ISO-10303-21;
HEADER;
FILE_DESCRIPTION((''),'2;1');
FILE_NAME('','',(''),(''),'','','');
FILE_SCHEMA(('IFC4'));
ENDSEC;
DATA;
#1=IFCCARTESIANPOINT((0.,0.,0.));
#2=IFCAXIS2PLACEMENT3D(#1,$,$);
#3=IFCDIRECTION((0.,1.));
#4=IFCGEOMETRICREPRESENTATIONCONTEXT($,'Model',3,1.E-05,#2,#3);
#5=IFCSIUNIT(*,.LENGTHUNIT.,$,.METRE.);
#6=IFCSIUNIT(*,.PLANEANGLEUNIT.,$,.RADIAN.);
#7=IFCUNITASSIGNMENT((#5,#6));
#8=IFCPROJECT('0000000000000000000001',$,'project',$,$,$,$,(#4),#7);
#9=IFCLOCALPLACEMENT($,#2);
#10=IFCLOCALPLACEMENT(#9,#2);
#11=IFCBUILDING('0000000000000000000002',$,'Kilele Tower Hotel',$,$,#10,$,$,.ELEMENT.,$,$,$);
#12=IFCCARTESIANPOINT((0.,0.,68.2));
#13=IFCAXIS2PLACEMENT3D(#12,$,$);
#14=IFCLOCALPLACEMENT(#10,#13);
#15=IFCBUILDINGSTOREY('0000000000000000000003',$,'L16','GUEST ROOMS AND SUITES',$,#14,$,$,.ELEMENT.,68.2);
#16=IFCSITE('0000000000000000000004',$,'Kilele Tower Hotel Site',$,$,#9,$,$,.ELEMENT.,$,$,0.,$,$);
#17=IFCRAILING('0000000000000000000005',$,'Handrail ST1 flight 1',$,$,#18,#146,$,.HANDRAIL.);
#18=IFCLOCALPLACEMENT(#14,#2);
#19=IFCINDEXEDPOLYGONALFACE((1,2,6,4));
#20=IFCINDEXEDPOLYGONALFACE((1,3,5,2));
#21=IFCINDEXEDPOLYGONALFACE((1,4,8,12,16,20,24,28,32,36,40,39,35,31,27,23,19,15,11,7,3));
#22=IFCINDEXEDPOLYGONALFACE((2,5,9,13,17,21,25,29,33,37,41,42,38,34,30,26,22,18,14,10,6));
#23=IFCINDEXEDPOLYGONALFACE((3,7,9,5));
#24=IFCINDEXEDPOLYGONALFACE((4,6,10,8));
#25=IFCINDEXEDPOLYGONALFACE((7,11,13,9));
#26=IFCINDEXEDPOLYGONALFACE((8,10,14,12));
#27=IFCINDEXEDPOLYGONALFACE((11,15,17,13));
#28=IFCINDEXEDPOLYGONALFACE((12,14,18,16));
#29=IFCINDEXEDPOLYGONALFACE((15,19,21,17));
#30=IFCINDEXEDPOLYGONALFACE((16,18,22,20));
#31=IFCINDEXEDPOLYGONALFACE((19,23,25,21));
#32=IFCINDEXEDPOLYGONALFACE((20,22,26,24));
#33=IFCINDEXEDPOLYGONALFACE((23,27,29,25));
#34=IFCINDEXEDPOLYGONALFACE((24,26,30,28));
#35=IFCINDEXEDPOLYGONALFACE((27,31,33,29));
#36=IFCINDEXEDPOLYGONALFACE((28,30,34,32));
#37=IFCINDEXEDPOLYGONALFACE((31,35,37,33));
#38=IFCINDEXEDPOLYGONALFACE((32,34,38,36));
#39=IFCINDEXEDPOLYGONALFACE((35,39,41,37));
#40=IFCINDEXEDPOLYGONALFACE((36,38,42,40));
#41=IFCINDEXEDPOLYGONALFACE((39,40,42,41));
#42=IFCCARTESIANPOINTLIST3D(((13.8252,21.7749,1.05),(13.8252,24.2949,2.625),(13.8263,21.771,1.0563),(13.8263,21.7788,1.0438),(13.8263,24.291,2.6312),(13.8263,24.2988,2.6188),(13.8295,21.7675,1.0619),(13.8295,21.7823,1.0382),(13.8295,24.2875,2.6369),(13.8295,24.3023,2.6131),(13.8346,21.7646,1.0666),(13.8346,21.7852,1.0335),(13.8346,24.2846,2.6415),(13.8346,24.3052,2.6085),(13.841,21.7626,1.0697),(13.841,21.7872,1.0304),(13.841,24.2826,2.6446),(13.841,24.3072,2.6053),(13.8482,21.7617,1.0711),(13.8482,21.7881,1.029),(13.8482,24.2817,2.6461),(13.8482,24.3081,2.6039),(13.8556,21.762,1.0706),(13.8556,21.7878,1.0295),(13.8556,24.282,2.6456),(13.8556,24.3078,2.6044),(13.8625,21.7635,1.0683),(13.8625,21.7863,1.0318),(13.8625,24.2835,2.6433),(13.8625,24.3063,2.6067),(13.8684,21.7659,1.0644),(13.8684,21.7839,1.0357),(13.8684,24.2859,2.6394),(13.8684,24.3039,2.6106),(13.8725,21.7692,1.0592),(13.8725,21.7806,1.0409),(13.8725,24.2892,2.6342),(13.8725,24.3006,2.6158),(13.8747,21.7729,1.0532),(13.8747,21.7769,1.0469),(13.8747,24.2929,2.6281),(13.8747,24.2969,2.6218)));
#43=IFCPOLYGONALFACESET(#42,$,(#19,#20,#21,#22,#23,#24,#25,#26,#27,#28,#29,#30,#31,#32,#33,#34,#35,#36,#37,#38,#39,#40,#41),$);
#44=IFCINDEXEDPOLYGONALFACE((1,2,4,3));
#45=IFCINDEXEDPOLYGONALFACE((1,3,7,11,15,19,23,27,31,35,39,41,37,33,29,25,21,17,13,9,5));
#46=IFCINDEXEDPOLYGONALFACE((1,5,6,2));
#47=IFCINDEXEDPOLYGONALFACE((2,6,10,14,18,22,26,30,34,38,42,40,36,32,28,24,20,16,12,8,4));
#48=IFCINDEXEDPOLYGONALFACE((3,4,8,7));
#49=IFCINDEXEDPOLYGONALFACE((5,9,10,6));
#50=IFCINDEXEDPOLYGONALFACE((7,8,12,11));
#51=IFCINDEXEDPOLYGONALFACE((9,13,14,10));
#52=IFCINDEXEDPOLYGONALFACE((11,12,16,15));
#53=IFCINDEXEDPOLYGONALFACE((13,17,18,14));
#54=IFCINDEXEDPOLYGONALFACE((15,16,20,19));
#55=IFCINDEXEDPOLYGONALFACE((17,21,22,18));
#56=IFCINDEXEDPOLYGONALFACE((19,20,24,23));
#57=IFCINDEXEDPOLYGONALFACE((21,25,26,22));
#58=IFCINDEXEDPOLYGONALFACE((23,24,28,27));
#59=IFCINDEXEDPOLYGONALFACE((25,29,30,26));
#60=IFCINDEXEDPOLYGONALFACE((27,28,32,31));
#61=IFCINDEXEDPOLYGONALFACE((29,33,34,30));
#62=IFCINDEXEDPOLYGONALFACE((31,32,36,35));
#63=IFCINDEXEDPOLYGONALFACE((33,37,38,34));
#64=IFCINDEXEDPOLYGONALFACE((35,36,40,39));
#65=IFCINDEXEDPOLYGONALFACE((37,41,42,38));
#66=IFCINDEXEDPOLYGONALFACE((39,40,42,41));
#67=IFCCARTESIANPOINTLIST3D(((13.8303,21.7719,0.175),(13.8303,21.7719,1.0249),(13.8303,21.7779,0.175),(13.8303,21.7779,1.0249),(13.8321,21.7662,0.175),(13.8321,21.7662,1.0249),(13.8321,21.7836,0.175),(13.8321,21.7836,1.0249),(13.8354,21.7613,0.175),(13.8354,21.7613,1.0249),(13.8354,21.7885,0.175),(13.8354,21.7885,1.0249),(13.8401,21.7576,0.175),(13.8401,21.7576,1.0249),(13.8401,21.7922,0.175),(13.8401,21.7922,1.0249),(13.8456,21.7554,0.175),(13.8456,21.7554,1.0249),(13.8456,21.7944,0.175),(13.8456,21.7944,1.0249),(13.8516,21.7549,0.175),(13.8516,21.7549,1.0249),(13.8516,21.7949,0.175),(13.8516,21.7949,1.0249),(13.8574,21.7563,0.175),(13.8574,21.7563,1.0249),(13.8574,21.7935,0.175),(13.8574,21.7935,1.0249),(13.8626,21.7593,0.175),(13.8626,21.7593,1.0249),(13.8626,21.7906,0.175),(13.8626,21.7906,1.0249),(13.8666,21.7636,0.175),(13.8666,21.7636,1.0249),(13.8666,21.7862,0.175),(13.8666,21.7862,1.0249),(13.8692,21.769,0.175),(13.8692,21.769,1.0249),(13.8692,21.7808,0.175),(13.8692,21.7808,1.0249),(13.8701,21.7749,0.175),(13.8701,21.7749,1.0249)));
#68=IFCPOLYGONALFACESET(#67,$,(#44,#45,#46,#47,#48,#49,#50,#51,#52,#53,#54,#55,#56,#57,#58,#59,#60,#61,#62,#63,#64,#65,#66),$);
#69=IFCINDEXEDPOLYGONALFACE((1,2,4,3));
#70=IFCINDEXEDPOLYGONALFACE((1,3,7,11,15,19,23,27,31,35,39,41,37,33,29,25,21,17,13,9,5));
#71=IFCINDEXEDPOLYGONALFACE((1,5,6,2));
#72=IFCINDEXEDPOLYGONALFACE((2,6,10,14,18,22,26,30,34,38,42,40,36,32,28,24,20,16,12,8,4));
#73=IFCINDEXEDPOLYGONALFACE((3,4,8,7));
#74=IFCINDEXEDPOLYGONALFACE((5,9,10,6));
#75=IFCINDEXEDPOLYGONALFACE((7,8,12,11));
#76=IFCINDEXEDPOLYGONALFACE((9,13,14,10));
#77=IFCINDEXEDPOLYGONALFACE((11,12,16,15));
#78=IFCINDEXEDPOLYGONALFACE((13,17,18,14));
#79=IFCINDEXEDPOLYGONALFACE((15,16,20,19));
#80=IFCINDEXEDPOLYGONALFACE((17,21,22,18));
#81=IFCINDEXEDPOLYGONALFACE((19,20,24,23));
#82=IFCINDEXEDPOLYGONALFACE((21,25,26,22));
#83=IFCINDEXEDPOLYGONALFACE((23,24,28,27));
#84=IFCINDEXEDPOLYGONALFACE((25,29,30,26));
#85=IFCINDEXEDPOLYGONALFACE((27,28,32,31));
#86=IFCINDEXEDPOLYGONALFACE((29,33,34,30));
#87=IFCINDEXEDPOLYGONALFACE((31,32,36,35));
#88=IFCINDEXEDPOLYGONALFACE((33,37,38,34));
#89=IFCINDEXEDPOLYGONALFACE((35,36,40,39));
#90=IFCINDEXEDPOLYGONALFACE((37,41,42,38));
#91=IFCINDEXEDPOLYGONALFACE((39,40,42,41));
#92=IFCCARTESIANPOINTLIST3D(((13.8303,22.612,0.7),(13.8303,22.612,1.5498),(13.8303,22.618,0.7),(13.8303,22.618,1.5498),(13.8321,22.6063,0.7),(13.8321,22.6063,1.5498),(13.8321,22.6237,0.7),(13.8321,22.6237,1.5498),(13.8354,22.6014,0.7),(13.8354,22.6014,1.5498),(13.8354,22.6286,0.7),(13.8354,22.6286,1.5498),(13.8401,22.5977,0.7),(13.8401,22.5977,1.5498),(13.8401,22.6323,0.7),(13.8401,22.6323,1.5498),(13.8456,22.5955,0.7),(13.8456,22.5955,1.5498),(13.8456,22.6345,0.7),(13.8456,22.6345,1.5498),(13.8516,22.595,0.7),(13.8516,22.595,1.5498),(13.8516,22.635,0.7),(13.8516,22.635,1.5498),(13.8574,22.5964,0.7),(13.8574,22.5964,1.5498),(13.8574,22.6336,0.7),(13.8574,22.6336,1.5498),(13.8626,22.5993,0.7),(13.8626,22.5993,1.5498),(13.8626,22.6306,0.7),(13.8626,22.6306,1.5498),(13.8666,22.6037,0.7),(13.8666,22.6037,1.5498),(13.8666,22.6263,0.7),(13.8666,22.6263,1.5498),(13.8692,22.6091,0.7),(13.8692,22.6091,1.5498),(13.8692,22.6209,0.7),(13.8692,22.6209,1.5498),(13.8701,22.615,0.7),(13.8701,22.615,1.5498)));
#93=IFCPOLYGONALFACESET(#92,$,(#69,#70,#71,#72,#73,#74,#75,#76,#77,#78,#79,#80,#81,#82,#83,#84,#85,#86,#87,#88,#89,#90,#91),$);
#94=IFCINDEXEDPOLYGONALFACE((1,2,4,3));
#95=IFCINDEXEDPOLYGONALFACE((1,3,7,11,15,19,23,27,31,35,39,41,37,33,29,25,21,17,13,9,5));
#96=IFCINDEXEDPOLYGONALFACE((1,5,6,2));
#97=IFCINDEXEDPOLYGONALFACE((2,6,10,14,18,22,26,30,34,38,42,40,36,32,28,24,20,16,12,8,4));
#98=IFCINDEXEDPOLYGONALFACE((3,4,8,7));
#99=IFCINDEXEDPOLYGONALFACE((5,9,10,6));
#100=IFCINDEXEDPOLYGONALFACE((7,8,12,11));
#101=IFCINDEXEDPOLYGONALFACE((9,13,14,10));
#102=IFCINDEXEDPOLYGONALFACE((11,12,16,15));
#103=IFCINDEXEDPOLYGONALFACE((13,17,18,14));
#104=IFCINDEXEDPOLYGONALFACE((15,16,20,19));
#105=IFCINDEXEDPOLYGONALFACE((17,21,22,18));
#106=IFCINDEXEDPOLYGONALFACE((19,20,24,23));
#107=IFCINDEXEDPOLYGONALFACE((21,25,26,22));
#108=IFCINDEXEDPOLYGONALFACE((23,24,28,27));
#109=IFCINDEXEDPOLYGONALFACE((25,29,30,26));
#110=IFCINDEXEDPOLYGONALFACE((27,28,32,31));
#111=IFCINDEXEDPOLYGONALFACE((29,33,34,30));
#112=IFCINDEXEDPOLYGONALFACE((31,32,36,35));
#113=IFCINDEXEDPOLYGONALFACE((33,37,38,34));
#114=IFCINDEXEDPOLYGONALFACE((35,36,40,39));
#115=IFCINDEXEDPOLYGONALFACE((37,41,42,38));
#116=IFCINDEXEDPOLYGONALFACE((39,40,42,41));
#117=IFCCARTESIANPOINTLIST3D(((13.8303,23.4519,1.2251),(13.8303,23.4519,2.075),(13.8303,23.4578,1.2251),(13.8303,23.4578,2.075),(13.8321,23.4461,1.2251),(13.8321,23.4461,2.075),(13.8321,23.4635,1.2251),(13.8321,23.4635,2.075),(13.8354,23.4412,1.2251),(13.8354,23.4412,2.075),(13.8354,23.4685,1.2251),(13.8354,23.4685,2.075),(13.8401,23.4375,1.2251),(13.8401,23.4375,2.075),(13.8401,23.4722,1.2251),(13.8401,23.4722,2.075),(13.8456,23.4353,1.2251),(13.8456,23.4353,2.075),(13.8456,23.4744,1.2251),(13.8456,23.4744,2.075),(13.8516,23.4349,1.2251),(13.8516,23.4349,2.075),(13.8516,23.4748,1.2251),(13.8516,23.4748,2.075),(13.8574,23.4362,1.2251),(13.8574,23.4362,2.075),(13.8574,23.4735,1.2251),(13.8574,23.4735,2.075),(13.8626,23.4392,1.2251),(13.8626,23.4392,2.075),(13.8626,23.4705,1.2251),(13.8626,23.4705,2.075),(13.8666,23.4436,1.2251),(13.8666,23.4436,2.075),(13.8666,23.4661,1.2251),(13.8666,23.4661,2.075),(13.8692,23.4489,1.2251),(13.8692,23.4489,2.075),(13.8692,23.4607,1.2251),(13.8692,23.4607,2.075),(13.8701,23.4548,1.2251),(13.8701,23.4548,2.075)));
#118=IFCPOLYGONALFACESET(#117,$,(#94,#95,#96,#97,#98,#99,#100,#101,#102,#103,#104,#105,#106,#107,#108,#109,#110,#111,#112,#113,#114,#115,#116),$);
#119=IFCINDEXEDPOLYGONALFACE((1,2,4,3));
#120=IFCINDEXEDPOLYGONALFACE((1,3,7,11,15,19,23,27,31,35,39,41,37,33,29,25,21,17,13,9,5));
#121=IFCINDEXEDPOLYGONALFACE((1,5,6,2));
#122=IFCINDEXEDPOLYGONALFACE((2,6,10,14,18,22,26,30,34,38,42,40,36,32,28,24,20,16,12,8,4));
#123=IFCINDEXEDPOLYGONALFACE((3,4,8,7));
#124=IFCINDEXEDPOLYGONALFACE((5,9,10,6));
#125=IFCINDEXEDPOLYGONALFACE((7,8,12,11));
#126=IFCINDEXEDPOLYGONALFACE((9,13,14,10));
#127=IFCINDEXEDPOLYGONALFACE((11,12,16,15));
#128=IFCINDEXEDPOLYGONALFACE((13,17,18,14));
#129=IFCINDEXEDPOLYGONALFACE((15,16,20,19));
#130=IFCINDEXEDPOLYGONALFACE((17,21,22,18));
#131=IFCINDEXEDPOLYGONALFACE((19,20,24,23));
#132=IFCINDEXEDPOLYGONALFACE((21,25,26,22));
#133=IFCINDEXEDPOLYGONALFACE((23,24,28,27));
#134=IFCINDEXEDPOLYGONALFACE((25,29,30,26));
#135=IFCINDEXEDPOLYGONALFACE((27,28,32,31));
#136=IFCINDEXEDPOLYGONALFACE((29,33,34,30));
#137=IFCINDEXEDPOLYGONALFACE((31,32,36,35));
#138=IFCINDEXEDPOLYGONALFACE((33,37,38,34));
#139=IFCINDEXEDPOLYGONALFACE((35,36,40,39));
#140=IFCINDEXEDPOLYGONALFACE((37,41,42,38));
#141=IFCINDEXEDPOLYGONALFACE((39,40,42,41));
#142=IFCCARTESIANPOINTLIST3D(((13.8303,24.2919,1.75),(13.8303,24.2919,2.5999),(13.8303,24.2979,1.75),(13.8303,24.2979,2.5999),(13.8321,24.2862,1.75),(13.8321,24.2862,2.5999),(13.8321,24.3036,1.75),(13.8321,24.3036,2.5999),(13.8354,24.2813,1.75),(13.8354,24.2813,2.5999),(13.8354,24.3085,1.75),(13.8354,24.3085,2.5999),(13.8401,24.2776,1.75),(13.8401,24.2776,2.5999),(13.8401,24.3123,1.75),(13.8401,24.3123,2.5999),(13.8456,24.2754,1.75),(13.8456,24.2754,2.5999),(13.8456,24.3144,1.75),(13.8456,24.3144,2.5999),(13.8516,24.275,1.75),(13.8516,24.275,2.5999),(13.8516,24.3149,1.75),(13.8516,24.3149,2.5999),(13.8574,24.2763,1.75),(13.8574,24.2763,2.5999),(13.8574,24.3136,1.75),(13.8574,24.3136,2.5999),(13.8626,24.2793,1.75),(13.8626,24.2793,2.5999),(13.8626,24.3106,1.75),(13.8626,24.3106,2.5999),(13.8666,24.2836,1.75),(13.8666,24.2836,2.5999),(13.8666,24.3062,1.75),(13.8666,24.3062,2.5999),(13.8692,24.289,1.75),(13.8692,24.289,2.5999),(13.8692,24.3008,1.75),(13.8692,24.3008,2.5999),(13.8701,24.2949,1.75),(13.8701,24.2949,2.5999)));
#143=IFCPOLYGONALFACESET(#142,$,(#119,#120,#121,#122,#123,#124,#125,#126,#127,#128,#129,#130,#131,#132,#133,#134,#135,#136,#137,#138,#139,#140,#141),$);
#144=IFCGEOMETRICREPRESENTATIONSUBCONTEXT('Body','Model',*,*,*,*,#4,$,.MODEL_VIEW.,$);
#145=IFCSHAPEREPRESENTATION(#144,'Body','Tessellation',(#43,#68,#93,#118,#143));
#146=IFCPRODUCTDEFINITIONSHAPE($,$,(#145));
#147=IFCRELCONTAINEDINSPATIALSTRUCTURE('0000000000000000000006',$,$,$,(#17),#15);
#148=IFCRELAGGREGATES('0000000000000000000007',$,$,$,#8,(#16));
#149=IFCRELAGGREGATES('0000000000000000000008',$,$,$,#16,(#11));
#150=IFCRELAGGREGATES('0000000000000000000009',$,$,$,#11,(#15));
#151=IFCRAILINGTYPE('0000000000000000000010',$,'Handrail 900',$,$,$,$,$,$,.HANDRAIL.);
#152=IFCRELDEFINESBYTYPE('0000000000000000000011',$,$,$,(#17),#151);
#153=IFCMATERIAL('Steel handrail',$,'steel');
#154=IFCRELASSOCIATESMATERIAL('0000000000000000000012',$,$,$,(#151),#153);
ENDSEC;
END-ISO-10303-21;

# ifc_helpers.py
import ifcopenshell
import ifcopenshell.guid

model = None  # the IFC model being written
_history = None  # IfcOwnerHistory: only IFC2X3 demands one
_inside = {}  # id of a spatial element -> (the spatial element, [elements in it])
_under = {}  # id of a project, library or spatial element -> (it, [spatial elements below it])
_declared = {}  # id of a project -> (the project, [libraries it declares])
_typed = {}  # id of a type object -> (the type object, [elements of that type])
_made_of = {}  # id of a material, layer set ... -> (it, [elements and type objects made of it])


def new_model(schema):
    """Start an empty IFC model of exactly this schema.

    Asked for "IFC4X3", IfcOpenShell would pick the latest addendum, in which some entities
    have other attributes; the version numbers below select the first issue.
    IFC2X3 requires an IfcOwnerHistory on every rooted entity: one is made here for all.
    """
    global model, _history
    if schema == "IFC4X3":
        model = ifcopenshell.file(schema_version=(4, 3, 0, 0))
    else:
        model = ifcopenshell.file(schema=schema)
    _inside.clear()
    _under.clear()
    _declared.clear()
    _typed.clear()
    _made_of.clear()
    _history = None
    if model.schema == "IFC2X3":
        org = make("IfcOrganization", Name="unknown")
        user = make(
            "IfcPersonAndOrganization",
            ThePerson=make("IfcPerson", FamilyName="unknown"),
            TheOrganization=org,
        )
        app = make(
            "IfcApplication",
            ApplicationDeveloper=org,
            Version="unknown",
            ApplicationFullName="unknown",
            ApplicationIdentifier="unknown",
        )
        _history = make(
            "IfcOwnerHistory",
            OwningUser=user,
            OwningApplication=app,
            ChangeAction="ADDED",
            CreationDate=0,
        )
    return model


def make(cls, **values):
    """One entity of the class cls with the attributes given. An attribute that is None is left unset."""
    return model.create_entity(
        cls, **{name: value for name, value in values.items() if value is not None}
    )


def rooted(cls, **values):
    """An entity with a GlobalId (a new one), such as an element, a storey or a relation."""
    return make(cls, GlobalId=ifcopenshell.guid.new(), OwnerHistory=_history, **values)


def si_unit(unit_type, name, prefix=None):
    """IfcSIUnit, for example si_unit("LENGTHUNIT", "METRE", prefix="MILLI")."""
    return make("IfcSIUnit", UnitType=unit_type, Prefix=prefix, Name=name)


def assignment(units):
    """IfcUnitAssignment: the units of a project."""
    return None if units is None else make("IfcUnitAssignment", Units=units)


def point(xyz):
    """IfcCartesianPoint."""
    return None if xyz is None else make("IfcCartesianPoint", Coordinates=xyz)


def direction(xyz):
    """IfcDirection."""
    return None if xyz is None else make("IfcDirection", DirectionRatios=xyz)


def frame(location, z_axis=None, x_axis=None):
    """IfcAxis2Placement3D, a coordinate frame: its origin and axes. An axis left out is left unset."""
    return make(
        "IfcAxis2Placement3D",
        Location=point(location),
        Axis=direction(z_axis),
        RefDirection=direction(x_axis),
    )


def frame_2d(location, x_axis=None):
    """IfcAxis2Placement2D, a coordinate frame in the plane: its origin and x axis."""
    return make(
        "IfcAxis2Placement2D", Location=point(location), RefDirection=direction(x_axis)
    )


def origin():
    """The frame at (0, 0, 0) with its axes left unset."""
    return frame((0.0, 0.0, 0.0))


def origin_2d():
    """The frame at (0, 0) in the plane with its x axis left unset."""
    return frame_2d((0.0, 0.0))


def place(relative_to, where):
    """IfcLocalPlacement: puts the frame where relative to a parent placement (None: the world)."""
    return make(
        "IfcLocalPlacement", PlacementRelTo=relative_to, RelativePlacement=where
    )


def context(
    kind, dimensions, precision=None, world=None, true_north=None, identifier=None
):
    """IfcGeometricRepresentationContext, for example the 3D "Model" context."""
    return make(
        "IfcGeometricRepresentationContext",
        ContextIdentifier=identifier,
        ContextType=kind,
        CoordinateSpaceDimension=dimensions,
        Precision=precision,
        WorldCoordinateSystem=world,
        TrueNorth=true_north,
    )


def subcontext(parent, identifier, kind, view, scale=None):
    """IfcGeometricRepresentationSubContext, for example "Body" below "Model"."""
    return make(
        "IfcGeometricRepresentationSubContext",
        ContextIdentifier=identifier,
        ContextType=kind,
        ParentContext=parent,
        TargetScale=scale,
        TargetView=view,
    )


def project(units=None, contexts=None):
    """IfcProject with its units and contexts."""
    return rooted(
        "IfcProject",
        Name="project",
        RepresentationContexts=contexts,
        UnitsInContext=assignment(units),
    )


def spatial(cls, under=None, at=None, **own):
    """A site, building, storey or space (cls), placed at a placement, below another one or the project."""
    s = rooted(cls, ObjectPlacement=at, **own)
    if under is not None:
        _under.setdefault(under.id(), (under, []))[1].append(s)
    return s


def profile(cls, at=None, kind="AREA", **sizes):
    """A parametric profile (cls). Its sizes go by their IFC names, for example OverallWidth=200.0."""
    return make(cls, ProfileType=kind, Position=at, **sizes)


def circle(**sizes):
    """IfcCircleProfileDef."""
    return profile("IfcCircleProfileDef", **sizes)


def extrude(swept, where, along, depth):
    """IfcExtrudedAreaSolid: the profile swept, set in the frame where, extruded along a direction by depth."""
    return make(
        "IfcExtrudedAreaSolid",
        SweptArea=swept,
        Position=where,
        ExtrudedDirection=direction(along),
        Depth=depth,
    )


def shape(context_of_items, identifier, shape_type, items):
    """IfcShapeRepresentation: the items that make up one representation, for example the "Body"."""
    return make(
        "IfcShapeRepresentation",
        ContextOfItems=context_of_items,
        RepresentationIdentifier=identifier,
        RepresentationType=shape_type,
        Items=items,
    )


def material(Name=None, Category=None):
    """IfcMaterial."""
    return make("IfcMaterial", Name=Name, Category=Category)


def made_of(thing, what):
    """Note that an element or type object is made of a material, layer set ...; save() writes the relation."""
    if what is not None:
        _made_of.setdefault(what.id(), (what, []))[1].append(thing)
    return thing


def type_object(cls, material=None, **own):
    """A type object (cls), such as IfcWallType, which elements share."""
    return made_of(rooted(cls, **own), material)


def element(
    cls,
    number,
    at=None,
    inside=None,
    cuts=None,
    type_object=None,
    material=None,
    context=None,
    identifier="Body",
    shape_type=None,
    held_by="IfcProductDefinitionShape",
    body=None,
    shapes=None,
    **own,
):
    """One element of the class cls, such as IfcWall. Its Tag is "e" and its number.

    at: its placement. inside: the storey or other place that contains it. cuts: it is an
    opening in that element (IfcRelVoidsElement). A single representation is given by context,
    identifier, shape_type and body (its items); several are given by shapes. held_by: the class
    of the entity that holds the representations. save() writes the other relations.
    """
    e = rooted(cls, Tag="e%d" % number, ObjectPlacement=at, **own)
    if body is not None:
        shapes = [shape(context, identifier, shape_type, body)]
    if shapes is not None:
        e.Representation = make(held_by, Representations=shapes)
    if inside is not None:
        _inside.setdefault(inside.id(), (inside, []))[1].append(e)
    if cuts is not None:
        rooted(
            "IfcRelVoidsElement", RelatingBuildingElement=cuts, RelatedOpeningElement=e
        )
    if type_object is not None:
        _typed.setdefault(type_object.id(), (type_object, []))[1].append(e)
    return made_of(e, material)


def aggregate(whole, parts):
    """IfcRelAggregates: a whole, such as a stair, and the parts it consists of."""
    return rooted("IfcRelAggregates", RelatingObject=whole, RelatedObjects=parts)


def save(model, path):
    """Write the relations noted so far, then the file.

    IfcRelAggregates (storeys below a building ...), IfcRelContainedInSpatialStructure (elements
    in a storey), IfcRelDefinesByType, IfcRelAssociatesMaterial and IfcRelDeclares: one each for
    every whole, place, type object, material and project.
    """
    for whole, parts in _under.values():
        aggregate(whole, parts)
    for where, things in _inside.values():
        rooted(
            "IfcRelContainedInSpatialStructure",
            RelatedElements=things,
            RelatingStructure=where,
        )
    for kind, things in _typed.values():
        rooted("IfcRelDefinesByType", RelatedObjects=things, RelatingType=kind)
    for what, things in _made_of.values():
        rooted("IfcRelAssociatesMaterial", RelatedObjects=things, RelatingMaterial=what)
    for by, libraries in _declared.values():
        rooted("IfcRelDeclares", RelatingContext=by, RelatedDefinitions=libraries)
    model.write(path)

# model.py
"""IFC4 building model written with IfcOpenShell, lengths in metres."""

from ifc_helpers import new_model, si_unit, direction, frame, origin, origin_2d, place, context, subcontext, project, spatial, circle, extrude, material, type_object, element, save


model = new_model("IFC4")

# Units and contexts
model_context = context("Model", 3, precision=1e-05, world=origin(), true_north=direction((0.0, 1.0)))
body_context = subcontext(model_context, "Body", "Model", "MODEL_VIEW")
ifc_project = project(units=[si_unit("LENGTHUNIT", "METRE"), si_unit("PLANEANGLEUNIT", "RADIAN")], contexts=[model_context])

# Site, building, storey
site_placement = place(None, origin())
site = spatial("IfcSite", under=ifc_project, at=site_placement, Name="Kilele Tower Hotel Site", CompositionType="ELEMENT", RefElevation=0.0)
building_placement = place(site_placement, origin())
building = spatial("IfcBuilding", under=site, at=building_placement, Name="Kilele Tower Hotel", CompositionType="ELEMENT")
storey_placement = place(building_placement, frame((0.0, 0.0, 68.2)))
storey = spatial("IfcBuildingStorey", under=building, at=storey_placement, Name="L16", Description="GUEST ROOMS AND SUITES", CompositionType="ELEMENT", Elevation=68.2)

# Railing
ifc_material_1 = material(Name="Steel handrail", Category="steel")
railing_type_1 = type_object("IfcRailingType", Name="Handrail 900", PredefinedType="HANDRAIL", material=ifc_material_1)
for number, where, name in (
    (1, (13.8501, 21.7749, 0.175), "Handrail ST1 flight 1"),
):
    element("IfcRailing", number, at=place(storey_placement, frame(where)), inside=storey, type_object=railing_type_1, Name=name, PredefinedType="HANDRAIL", context=body_context, shape_type="SweptSolid", body=[
        extrude(circle(Radius=0.0249, at=origin_2d()), frame((0.0, 0.0, 0.875), z_axis=(0.0, 0.848008, 0.529984), x_axis=(-1.0, 0.0, 0.0)), (0.0, 0.0, 1.0), 2.9717),
        extrude(circle(Radius=0.02, at=origin_2d()), origin(), (0.0, 0.0, 1.0), 0.8499),
        extrude(circle(Radius=0.02, at=origin_2d()), frame((0.0, 0.8401, 0.5249)), (0.0, 0.0, 1.0), 0.8499),
        extrude(circle(Radius=0.02, at=origin_2d()), frame((0.0, 1.6799, 1.05)), (0.0, 0.0, 1.0), 0.8499),
        extrude(circle(Radius=0.02, at=origin_2d()), frame((0.0, 2.52, 1.575)), (0.0, 0.0, 1.0), 0.8499),
    ])

save(model, "model.ifc")
